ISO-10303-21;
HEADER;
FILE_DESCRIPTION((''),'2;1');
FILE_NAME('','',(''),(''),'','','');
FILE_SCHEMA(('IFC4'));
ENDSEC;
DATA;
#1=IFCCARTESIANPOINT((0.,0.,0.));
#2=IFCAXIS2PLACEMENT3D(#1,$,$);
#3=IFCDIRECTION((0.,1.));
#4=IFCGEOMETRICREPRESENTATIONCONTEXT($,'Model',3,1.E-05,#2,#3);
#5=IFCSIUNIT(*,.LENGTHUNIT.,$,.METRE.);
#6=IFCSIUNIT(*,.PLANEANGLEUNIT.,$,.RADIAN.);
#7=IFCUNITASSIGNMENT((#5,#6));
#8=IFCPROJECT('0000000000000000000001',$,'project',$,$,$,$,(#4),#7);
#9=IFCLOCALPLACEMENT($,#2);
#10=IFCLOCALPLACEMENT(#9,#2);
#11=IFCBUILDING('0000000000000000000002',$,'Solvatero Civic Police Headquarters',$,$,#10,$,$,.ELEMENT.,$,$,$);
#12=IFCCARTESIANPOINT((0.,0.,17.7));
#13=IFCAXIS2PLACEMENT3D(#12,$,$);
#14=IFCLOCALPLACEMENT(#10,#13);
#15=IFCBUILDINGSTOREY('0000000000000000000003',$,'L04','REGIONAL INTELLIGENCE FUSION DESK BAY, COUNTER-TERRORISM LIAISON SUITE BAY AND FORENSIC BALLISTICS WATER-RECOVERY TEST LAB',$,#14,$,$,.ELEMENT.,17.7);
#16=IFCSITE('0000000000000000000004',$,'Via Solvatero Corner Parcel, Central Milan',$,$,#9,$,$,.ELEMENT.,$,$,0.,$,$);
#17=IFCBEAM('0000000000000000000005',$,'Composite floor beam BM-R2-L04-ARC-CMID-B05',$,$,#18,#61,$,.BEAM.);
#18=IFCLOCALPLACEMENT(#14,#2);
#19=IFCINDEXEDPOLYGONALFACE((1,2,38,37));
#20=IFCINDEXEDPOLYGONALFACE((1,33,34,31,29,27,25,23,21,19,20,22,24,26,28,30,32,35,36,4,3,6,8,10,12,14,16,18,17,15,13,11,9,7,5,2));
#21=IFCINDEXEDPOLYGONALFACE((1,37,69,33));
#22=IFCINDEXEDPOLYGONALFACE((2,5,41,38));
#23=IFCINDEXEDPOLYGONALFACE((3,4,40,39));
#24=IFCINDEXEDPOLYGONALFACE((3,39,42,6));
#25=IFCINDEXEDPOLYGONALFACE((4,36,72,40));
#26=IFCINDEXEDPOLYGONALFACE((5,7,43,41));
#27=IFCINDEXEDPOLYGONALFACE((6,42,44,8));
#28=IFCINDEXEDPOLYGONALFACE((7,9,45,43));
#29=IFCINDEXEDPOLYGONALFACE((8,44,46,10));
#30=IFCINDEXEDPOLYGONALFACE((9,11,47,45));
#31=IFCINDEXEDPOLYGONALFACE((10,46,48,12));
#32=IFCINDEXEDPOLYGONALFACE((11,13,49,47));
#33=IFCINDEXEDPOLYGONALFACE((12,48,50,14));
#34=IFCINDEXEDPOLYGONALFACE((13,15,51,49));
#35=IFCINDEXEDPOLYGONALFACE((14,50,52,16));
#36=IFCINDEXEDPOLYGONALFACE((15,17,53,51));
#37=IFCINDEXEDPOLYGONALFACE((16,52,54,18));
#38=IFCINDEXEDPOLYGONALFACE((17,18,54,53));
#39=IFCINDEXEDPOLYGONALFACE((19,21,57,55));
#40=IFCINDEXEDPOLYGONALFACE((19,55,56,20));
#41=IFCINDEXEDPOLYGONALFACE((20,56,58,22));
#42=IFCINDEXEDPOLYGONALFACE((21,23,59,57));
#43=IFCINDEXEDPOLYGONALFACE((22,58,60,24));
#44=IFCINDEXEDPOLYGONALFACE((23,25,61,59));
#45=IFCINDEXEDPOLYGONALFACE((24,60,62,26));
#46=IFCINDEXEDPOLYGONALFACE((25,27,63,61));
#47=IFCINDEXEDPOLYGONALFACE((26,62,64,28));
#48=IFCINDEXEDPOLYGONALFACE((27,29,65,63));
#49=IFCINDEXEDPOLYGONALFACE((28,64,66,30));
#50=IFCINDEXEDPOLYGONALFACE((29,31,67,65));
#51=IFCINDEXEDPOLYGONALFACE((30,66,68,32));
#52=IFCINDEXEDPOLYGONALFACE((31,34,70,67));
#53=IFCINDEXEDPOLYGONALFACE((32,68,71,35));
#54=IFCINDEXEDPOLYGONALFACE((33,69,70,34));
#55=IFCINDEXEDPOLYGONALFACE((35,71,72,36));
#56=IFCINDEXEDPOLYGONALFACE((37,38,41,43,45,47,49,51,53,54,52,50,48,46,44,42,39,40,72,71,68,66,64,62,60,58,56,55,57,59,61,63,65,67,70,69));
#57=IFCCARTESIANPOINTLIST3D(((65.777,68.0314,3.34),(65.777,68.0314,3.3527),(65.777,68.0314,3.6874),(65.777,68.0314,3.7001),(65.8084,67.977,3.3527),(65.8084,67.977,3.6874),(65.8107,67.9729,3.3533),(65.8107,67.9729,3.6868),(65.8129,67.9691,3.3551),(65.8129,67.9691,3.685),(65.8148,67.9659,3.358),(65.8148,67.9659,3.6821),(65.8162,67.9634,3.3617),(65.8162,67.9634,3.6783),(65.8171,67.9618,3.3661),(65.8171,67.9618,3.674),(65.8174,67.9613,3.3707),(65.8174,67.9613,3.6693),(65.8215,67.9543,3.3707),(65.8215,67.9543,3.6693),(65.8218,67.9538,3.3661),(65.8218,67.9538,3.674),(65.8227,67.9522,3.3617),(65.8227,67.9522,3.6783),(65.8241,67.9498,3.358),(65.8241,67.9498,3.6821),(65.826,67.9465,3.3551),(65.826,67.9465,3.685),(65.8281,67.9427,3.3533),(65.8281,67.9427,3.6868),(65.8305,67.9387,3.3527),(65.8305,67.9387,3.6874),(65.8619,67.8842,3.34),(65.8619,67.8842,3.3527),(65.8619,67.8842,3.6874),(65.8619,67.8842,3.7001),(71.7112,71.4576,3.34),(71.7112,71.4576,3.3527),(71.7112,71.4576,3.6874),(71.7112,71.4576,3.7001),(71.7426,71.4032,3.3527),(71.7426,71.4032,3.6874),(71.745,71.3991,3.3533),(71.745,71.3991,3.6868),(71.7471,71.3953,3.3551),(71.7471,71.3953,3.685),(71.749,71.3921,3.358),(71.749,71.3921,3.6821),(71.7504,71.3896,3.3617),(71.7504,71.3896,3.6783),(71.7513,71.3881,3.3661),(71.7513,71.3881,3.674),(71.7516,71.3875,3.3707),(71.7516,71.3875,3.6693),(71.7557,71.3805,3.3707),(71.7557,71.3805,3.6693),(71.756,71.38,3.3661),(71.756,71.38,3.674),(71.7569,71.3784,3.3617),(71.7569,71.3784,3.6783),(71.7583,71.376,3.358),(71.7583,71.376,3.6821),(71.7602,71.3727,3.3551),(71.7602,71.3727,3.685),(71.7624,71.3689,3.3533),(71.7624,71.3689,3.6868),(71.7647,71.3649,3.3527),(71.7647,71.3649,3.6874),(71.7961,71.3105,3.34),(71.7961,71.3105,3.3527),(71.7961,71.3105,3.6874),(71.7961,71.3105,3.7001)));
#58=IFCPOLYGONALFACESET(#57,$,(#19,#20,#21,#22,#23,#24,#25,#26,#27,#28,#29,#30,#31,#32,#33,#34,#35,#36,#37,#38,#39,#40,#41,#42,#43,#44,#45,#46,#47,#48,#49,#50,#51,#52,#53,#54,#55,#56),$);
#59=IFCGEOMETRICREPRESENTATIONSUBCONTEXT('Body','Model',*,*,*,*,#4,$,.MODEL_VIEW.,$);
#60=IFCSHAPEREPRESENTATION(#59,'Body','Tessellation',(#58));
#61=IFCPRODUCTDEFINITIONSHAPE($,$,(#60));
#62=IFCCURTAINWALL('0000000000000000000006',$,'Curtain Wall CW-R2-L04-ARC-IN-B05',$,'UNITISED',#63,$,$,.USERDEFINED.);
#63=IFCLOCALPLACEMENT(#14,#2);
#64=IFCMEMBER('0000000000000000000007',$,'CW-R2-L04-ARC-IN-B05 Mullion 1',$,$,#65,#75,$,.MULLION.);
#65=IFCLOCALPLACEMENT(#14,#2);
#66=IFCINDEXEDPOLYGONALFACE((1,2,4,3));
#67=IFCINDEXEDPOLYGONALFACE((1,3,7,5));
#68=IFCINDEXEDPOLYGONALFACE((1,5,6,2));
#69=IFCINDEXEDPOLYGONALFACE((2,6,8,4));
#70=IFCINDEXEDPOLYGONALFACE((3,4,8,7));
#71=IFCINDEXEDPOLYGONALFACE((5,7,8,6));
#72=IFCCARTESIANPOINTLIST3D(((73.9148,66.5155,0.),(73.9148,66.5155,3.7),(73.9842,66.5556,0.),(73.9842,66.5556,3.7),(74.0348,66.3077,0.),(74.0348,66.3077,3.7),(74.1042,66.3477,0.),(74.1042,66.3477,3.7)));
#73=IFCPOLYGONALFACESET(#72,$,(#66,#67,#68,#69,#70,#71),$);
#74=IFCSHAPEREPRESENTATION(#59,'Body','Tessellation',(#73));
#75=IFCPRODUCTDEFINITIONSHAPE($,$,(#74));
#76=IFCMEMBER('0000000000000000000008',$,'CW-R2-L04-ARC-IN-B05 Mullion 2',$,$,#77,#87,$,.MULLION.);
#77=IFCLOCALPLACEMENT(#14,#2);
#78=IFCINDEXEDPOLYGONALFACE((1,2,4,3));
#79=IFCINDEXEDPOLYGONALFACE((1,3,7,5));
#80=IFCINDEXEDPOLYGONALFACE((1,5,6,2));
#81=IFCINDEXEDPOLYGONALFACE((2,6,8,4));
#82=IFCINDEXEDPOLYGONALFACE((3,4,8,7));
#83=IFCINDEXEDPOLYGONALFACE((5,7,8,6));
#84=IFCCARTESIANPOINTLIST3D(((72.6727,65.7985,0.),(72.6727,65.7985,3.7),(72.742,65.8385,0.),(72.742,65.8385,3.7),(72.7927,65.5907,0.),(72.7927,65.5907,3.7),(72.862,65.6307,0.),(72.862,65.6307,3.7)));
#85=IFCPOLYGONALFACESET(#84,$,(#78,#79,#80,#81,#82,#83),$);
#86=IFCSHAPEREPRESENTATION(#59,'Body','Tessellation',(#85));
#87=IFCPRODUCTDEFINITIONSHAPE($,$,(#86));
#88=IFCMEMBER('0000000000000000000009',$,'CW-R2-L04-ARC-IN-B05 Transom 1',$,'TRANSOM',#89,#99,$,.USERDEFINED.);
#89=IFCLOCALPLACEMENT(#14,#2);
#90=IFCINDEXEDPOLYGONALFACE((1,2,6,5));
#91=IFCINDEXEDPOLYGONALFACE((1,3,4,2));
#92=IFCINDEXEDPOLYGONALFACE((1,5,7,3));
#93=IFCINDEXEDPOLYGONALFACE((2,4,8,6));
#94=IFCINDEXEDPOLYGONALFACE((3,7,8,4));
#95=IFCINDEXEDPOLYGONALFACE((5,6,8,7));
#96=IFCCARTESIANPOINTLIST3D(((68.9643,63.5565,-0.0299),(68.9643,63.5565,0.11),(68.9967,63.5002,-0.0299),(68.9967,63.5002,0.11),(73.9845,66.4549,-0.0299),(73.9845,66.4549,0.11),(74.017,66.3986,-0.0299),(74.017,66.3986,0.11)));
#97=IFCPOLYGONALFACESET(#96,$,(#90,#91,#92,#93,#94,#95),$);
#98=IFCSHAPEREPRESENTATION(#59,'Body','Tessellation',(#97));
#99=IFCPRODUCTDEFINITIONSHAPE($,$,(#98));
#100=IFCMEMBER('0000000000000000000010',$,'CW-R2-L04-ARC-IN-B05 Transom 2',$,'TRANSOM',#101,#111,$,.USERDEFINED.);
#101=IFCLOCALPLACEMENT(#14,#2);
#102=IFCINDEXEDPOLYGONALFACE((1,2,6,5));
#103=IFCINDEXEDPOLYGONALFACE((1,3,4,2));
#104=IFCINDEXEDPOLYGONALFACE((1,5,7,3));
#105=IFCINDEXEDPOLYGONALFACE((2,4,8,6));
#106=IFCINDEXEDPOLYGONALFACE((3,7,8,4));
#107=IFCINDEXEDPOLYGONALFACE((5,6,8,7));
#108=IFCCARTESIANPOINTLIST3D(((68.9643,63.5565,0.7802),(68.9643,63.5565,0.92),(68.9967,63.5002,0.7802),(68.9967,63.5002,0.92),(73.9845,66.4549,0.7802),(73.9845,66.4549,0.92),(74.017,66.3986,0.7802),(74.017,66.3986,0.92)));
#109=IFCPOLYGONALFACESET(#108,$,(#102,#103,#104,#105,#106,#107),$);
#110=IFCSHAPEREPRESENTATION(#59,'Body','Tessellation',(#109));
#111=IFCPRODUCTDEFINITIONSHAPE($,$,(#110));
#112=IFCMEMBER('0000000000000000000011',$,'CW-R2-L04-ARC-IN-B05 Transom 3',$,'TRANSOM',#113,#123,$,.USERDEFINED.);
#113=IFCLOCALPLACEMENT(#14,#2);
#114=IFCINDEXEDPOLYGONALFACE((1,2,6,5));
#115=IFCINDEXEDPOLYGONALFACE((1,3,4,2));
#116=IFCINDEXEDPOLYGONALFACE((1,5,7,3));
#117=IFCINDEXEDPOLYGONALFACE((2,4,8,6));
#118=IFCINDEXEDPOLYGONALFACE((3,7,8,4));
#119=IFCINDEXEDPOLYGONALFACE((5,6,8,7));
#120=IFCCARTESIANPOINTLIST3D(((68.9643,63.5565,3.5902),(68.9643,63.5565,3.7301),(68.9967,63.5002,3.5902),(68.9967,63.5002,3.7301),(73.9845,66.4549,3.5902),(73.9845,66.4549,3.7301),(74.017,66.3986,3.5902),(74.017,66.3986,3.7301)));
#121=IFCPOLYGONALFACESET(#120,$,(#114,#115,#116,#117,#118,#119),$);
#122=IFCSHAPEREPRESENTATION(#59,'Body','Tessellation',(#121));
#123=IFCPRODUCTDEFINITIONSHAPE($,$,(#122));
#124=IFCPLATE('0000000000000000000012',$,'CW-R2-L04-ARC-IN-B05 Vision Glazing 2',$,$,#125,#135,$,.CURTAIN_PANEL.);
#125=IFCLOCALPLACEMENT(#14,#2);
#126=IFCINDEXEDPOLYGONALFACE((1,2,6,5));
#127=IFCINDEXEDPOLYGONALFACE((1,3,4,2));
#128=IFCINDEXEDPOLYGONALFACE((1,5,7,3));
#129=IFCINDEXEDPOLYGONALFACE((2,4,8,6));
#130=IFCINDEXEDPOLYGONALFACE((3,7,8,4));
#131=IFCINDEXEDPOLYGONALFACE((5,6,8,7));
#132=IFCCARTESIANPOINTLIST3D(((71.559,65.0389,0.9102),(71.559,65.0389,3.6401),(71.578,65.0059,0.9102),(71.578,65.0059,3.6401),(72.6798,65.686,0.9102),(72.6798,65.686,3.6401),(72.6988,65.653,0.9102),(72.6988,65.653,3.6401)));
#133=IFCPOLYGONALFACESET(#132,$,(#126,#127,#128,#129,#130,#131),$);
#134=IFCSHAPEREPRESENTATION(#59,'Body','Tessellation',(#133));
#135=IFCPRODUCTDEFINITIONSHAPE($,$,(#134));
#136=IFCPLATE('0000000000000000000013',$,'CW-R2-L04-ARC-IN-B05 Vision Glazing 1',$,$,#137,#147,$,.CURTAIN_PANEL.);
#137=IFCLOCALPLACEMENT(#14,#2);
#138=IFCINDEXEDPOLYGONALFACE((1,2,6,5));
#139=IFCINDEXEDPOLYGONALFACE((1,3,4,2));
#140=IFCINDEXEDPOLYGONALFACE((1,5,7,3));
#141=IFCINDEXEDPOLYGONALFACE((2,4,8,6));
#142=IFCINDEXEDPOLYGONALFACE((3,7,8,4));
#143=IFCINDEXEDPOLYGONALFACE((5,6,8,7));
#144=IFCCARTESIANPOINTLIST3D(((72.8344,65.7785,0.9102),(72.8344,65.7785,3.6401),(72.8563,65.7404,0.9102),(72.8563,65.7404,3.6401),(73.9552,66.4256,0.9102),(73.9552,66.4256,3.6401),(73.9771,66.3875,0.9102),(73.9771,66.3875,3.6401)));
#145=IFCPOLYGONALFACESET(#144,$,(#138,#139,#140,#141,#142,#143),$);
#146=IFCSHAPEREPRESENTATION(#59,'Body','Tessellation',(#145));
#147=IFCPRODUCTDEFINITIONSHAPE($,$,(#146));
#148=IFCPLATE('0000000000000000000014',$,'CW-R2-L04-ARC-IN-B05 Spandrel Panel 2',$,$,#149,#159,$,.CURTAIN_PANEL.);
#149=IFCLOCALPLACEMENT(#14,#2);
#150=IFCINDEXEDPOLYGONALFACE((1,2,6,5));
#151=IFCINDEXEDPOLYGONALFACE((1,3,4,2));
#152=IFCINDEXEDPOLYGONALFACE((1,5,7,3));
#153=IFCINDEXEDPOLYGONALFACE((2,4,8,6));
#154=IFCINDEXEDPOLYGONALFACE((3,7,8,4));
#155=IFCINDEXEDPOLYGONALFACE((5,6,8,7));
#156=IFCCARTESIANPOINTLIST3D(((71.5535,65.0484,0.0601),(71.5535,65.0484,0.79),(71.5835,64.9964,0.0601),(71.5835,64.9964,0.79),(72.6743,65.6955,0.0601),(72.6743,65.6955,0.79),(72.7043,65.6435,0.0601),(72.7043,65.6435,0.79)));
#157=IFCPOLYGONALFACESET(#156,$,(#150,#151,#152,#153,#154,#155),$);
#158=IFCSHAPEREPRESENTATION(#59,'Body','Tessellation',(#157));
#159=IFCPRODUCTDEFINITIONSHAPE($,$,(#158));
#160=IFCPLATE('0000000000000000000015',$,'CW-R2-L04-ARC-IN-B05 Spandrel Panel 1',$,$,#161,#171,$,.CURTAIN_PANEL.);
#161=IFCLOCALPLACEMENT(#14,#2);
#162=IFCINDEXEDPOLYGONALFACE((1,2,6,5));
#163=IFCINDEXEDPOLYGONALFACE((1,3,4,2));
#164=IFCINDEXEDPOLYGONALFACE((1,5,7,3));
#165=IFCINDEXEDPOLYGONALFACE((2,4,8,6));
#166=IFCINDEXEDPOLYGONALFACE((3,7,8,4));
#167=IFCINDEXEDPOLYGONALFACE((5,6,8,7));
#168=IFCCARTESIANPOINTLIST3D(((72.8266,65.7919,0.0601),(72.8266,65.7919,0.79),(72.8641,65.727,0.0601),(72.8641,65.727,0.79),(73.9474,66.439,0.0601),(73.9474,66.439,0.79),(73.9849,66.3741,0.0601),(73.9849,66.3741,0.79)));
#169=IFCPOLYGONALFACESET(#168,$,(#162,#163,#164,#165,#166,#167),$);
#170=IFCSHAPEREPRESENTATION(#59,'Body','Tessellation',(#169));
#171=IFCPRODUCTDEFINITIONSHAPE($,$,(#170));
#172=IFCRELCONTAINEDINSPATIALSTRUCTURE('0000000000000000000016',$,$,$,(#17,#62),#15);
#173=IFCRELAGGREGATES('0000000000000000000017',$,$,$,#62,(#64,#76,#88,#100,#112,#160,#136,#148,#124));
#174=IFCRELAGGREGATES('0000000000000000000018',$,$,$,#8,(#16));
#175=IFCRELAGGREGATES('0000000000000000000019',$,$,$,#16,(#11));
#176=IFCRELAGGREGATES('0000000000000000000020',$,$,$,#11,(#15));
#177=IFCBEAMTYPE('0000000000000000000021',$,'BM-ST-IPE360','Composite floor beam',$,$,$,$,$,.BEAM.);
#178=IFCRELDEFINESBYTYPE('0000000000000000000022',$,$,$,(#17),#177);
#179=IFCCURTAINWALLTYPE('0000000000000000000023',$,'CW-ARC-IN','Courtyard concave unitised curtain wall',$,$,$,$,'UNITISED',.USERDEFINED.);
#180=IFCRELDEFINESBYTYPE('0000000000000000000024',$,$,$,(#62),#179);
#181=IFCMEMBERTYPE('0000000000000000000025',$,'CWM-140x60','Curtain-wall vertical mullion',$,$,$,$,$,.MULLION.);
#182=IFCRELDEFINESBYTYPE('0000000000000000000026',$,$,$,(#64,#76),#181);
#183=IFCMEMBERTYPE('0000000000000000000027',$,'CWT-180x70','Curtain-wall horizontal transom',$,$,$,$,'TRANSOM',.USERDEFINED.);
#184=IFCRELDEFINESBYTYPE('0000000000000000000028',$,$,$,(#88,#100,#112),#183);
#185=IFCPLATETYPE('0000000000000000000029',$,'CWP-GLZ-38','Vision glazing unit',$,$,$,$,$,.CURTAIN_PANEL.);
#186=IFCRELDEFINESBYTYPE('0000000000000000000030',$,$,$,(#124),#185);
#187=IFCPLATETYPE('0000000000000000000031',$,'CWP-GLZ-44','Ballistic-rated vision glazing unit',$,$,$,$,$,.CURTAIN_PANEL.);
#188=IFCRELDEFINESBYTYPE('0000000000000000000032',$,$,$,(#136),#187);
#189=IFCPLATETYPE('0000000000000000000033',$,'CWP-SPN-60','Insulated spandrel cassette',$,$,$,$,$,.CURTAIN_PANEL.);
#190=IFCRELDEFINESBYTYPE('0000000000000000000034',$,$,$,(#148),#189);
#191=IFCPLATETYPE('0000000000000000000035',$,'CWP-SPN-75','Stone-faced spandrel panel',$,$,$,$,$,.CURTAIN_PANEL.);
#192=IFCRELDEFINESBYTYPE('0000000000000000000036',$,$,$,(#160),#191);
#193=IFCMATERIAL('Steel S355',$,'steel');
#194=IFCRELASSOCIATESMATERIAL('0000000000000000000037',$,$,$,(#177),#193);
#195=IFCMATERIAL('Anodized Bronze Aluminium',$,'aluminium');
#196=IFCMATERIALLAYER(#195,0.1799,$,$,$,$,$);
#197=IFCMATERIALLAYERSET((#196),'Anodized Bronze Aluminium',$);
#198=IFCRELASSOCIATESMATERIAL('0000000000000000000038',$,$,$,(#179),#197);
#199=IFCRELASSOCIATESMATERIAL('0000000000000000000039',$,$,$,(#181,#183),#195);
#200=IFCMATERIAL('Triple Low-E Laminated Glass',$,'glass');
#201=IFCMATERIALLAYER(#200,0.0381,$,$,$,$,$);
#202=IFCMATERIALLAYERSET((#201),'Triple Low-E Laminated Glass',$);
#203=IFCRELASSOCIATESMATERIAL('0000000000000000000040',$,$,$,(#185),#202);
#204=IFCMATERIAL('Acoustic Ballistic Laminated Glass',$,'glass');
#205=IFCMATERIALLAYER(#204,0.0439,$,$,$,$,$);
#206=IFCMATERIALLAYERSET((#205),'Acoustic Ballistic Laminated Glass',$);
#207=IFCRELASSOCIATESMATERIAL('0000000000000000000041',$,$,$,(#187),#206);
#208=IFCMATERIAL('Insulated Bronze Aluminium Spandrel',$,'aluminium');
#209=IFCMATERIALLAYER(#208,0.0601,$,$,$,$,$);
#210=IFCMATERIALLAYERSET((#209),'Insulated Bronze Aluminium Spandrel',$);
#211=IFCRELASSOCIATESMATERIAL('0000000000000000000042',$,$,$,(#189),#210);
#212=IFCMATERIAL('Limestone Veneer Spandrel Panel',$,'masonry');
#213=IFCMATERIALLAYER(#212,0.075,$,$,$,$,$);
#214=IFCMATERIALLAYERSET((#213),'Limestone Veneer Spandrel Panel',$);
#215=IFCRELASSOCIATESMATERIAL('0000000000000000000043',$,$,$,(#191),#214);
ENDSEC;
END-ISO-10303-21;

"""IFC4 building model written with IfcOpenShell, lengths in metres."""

from ifc_helpers import new_model, si_unit, direction, frame, origin, origin_2d, place, context, subcontext, project, spatial, rectangle, i_section, extrude, material, layer, layer_set, material_profile, profile_set, type_object, element, aggregate, save


model = new_model("IFC4")

# Units and contexts
model_context = context("Model", 3, precision=1e-05, world=origin(), true_north=direction((0.0, 1.0)))
body_context = subcontext(model_context, "Body", "Model", "MODEL_VIEW")
ifc_project = project(units=[si_unit("LENGTHUNIT", "METRE"), si_unit("PLANEANGLEUNIT", "RADIAN")], contexts=[model_context])

# Site, building, storey
site_placement = place(None, origin())
site = spatial("IfcSite", under=ifc_project, at=site_placement, Name="Via Solvatero Corner Parcel, Central Milan", CompositionType="ELEMENT", RefElevation=0.0)
building_placement = place(site_placement, origin())
building = spatial("IfcBuilding", under=site, at=building_placement, Name="Solvatero Civic Police Headquarters", CompositionType="ELEMENT")
storey_placement = place(building_placement, frame((0.0, 0.0, 17.7)))
storey = spatial("IfcBuildingStorey", under=building, at=storey_placement, Name="L04", Description="REGIONAL INTELLIGENCE FUSION DESK BAY, COUNTER-TERRORISM LIAISON SUITE BAY AND FORENSIC BALLISTICS WATER-RECOVERY TEST LAB", CompositionType="ELEMENT", Elevation=17.7)

# Beam
ifc_material_1 = material(Name="Steel S355", Category="steel")
ifc_material_profile_1 = material_profile(ifc_material_1, i_section(OverallWidth=0.1699, OverallDepth=0.3601, WebThickness=0.0081, FlangeThickness=0.0127, FilletRadius=0.0181, at=origin_2d()), Name="IPE 360")
ifc_profile_set_1 = profile_set([ifc_material_profile_1], Name="Steel S355")
beam_type_1 = type_object("IfcBeamType", Name="BM-ST-IPE360", Description="Composite floor beam", PredefinedType="BEAM", material=ifc_profile_set_1)
beam_1_placement = place(storey_placement, frame((71.7537, 71.384, 3.52), z_axis=(-0.86602, -0.500009, 0.0), x_axis=(0.500009, -0.86602, 0.0)))
element("IfcBeam", 1, at=beam_1_placement, inside=storey, type_object=beam_type_1, Name="Composite floor beam BM-R2-L04-ARC-CMID-B05", PredefinedType="BEAM", context=body_context, shape_type="SweptSolid", body=[
    extrude(i_section(OverallWidth=0.1699, OverallDepth=0.3601, WebThickness=0.0081, FlangeThickness=0.0127, FilletRadius=0.0181, at=origin_2d()), origin(), (0.0, 0.0, 1.0), 6.8523),
])

# Curtain wall, members, plates
ifc_material_2 = material(Name="Anodized Bronze Aluminium", Category="aluminium")
ifc_layer_1 = layer(ifc_material_2, 0.1799)
ifc_layer_set_1 = layer_set([ifc_layer_1], Name="Anodized Bronze Aluminium")
curtain_wall_type = type_object("IfcCurtainWallType", Name="CW-ARC-IN", Description="Courtyard concave unitised curtain wall", ElementType="UNITISED", PredefinedType="USERDEFINED", material=ifc_layer_set_1)
curtain_wall_placement = place(storey_placement, origin())
curtain_wall = element("IfcCurtainWall", 2, at=curtain_wall_placement, inside=storey, type_object=curtain_wall_type, Name="Curtain Wall CW-R2-L04-ARC-IN-B05", ObjectType="UNITISED", PredefinedType="USERDEFINED")
ifc_material_profile_2 = material_profile(ifc_material_2, rectangle(XDim=0.0801, YDim=0.24, at=origin_2d()), Name="ALU MULLION 80x240")
ifc_profile_set_2 = profile_set([ifc_material_profile_2], Name="Anodized Bronze Aluminium")
member_type_1 = type_object("IfcMemberType", Name="CWM-140x60", Description="Curtain-wall vertical mullion", PredefinedType="MULLION", material=ifc_profile_set_2)
member_1_placement = place(storey_placement, frame((74.0095, 66.4316, 0.0), z_axis=(0.0, 0.0, 1.0), x_axis=(-0.866025, -0.5, 0.0)))
member_1 = element("IfcMember", 3, at=member_1_placement, type_object=member_type_1, Name="CW-R2-L04-ARC-IN-B05 Mullion 1", PredefinedType="MULLION", context=body_context, shape_type="SweptSolid", body=[
    extrude(rectangle(XDim=0.0801, YDim=0.24, at=origin_2d()), origin(), (0.0, 0.0, 1.0), 3.7),
])
member_2_placement = place(storey_placement, frame((72.7673, 65.7146, 0.0), z_axis=(0.0, 0.0, 1.0), x_axis=(-0.866025, -0.5, 0.0)))
member_2 = element("IfcMember", 4, at=member_2_placement, type_object=member_type_1, Name="CW-R2-L04-ARC-IN-B05 Mullion 2", PredefinedType="MULLION", context=body_context, shape_type="SweptSolid", body=[
    extrude(rectangle(XDim=0.0801, YDim=0.24, at=origin_2d()), origin(), (0.0, 0.0, 1.0), 3.7),
])
ifc_material_profile_3 = material_profile(ifc_material_2, rectangle(XDim=0.0649, YDim=0.1399, at=origin_2d()), Name="ALU TRANSOM 65x140")
ifc_profile_set_3 = profile_set([ifc_material_profile_3], Name="Anodized Bronze Aluminium")
member_type_2 = type_object("IfcMemberType", Name="CWT-180x70", Description="Curtain-wall horizontal transom", ElementType="TRANSOM", PredefinedType="USERDEFINED", material=ifc_profile_set_3)
member_3_placement = place(storey_placement, frame((74.0007, 66.4268, 0.04), z_axis=(-0.866026, -0.499998, 0.0), x_axis=(0.499998, -0.866026, 0.0)))
member_3 = element("IfcMember", 5, at=member_3_placement, type_object=member_type_2, Name="CW-R2-L04-ARC-IN-B05 Transom 1", ObjectType="TRANSOM", PredefinedType="USERDEFINED", context=body_context, shape_type="SweptSolid", body=[
    extrude(rectangle(XDim=0.0649, YDim=0.1399, at=origin_2d()), origin(), (0.0, 0.0, 1.0), 5.7969),
])
member_4_placement = place(storey_placement, frame((74.0007, 66.4268, 0.8501), z_axis=(-0.866026, -0.499998, 0.0), x_axis=(0.499998, -0.866026, 0.0)))
member_4 = element("IfcMember", 6, at=member_4_placement, type_object=member_type_2, Name="CW-R2-L04-ARC-IN-B05 Transom 2", ObjectType="TRANSOM", PredefinedType="USERDEFINED", context=body_context, shape_type="SweptSolid", body=[
    extrude(rectangle(XDim=0.0649, YDim=0.1399, at=origin_2d()), origin(), (0.0, 0.0, 1.0), 5.7969),
])
member_5_placement = place(storey_placement, frame((74.0007, 66.4268, 3.6602), z_axis=(-0.866026, -0.499998, 0.0), x_axis=(0.499998, -0.866026, 0.0)))
member_5 = element("IfcMember", 7, at=member_5_placement, type_object=member_type_2, Name="CW-R2-L04-ARC-IN-B05 Transom 3", ObjectType="TRANSOM", PredefinedType="USERDEFINED", context=body_context, shape_type="SweptSolid", body=[
    extrude(rectangle(XDim=0.0649, YDim=0.1399, at=origin_2d()), origin(), (0.0, 0.0, 1.0), 5.7969),
])
ifc_material_3 = material(Name="Triple Low-E Laminated Glass", Category="glass")
ifc_layer_2 = layer(ifc_material_3, 0.0381)
ifc_layer_set_2 = layer_set([ifc_layer_2], Name="Triple Low-E Laminated Glass")
plate_type_1 = type_object("IfcPlateType", Name="CWP-GLZ-38", Description="Vision glazing unit", PredefinedType="CURTAIN_PANEL", material=ifc_layer_set_2)
plate_1_placement = place(storey_placement, frame((72.1289, 65.3459, 0.9102), z_axis=(0.0, 0.0, 1.0), x_axis=(-0.866025, -0.5, 0.0)))
plate_1 = element("IfcPlate", 8, at=plate_1_placement, type_object=plate_type_1, Name="CW-R2-L04-ARC-IN-B05 Vision Glazing 2", PredefinedType="CURTAIN_PANEL", context=body_context, shape_type="SweptSolid", body=[
    extrude(rectangle(XDim=1.2942, YDim=0.0381, at=origin_2d()), origin(), (0.0, 0.0, 1.0), 2.73),
])
ifc_material_4 = material(Name="Acoustic Ballistic Laminated Glass", Category="glass")
ifc_layer_3 = layer(ifc_material_4, 0.0439)
ifc_layer_set_3 = layer_set([ifc_layer_3], Name="Acoustic Ballistic Laminated Glass")
plate_type_2 = type_object("IfcPlateType", Name="CWP-GLZ-44", Description="Ballistic-rated vision glazing unit", PredefinedType="CURTAIN_PANEL", material=ifc_layer_set_3)
plate_2_placement = place(storey_placement, frame((73.4058, 66.083, 0.9102), z_axis=(0.0, 0.0, 1.0), x_axis=(-0.866025, -0.5, 0.0)))
plate_2 = element("IfcPlate", 9, at=plate_2_placement, type_object=plate_type_2, Name="CW-R2-L04-ARC-IN-B05 Vision Glazing 1", PredefinedType="CURTAIN_PANEL", context=body_context, shape_type="SweptSolid", body=[
    extrude(rectangle(XDim=1.2942, YDim=0.0439, at=origin_2d()), origin(), (0.0, 0.0, 1.0), 2.73),
])
ifc_material_5 = material(Name="Insulated Bronze Aluminium Spandrel", Category="aluminium")
ifc_layer_4 = layer(ifc_material_5, 0.0601)
ifc_layer_set_4 = layer_set([ifc_layer_4], Name="Insulated Bronze Aluminium Spandrel")
plate_type_3 = type_object("IfcPlateType", Name="CWP-SPN-60", Description="Insulated spandrel cassette", PredefinedType="CURTAIN_PANEL", material=ifc_layer_set_4)
plate_3_placement = place(storey_placement, frame((72.1289, 65.3459, 0.0601), z_axis=(0.0, 0.0, 1.0), x_axis=(-0.866025, -0.5, 0.0)))
plate_3 = element("IfcPlate", 10, at=plate_3_placement, type_object=plate_type_3, Name="CW-R2-L04-ARC-IN-B05 Spandrel Panel 2", PredefinedType="CURTAIN_PANEL", context=body_context, shape_type="SweptSolid", body=[
    extrude(rectangle(XDim=1.2942, YDim=0.0601, at=origin_2d()), origin(), (0.0, 0.0, 1.0), 0.73),
])
ifc_material_6 = material(Name="Limestone Veneer Spandrel Panel", Category="masonry")
ifc_layer_5 = layer(ifc_material_6, 0.075)
ifc_layer_set_5 = layer_set([ifc_layer_5], Name="Limestone Veneer Spandrel Panel")
plate_type_4 = type_object("IfcPlateType", Name="CWP-SPN-75", Description="Stone-faced spandrel panel", PredefinedType="CURTAIN_PANEL", material=ifc_layer_set_5)
plate_4_placement = place(storey_placement, frame((73.4058, 66.083, 0.0601), z_axis=(0.0, 0.0, 1.0), x_axis=(-0.866025, -0.5, 0.0)))
plate_4 = element("IfcPlate", 11, at=plate_4_placement, type_object=plate_type_4, Name="CW-R2-L04-ARC-IN-B05 Spandrel Panel 1", PredefinedType="CURTAIN_PANEL", context=body_context, shape_type="SweptSolid", body=[
    extrude(rectangle(XDim=1.2942, YDim=0.075, at=origin_2d()), origin(), (0.0, 0.0, 1.0), 0.73),
])
aggregate(curtain_wall, [member_1, member_2, member_3, member_4, member_5, plate_4, plate_2, plate_3, plate_1])

save(model, "model.ifc")
